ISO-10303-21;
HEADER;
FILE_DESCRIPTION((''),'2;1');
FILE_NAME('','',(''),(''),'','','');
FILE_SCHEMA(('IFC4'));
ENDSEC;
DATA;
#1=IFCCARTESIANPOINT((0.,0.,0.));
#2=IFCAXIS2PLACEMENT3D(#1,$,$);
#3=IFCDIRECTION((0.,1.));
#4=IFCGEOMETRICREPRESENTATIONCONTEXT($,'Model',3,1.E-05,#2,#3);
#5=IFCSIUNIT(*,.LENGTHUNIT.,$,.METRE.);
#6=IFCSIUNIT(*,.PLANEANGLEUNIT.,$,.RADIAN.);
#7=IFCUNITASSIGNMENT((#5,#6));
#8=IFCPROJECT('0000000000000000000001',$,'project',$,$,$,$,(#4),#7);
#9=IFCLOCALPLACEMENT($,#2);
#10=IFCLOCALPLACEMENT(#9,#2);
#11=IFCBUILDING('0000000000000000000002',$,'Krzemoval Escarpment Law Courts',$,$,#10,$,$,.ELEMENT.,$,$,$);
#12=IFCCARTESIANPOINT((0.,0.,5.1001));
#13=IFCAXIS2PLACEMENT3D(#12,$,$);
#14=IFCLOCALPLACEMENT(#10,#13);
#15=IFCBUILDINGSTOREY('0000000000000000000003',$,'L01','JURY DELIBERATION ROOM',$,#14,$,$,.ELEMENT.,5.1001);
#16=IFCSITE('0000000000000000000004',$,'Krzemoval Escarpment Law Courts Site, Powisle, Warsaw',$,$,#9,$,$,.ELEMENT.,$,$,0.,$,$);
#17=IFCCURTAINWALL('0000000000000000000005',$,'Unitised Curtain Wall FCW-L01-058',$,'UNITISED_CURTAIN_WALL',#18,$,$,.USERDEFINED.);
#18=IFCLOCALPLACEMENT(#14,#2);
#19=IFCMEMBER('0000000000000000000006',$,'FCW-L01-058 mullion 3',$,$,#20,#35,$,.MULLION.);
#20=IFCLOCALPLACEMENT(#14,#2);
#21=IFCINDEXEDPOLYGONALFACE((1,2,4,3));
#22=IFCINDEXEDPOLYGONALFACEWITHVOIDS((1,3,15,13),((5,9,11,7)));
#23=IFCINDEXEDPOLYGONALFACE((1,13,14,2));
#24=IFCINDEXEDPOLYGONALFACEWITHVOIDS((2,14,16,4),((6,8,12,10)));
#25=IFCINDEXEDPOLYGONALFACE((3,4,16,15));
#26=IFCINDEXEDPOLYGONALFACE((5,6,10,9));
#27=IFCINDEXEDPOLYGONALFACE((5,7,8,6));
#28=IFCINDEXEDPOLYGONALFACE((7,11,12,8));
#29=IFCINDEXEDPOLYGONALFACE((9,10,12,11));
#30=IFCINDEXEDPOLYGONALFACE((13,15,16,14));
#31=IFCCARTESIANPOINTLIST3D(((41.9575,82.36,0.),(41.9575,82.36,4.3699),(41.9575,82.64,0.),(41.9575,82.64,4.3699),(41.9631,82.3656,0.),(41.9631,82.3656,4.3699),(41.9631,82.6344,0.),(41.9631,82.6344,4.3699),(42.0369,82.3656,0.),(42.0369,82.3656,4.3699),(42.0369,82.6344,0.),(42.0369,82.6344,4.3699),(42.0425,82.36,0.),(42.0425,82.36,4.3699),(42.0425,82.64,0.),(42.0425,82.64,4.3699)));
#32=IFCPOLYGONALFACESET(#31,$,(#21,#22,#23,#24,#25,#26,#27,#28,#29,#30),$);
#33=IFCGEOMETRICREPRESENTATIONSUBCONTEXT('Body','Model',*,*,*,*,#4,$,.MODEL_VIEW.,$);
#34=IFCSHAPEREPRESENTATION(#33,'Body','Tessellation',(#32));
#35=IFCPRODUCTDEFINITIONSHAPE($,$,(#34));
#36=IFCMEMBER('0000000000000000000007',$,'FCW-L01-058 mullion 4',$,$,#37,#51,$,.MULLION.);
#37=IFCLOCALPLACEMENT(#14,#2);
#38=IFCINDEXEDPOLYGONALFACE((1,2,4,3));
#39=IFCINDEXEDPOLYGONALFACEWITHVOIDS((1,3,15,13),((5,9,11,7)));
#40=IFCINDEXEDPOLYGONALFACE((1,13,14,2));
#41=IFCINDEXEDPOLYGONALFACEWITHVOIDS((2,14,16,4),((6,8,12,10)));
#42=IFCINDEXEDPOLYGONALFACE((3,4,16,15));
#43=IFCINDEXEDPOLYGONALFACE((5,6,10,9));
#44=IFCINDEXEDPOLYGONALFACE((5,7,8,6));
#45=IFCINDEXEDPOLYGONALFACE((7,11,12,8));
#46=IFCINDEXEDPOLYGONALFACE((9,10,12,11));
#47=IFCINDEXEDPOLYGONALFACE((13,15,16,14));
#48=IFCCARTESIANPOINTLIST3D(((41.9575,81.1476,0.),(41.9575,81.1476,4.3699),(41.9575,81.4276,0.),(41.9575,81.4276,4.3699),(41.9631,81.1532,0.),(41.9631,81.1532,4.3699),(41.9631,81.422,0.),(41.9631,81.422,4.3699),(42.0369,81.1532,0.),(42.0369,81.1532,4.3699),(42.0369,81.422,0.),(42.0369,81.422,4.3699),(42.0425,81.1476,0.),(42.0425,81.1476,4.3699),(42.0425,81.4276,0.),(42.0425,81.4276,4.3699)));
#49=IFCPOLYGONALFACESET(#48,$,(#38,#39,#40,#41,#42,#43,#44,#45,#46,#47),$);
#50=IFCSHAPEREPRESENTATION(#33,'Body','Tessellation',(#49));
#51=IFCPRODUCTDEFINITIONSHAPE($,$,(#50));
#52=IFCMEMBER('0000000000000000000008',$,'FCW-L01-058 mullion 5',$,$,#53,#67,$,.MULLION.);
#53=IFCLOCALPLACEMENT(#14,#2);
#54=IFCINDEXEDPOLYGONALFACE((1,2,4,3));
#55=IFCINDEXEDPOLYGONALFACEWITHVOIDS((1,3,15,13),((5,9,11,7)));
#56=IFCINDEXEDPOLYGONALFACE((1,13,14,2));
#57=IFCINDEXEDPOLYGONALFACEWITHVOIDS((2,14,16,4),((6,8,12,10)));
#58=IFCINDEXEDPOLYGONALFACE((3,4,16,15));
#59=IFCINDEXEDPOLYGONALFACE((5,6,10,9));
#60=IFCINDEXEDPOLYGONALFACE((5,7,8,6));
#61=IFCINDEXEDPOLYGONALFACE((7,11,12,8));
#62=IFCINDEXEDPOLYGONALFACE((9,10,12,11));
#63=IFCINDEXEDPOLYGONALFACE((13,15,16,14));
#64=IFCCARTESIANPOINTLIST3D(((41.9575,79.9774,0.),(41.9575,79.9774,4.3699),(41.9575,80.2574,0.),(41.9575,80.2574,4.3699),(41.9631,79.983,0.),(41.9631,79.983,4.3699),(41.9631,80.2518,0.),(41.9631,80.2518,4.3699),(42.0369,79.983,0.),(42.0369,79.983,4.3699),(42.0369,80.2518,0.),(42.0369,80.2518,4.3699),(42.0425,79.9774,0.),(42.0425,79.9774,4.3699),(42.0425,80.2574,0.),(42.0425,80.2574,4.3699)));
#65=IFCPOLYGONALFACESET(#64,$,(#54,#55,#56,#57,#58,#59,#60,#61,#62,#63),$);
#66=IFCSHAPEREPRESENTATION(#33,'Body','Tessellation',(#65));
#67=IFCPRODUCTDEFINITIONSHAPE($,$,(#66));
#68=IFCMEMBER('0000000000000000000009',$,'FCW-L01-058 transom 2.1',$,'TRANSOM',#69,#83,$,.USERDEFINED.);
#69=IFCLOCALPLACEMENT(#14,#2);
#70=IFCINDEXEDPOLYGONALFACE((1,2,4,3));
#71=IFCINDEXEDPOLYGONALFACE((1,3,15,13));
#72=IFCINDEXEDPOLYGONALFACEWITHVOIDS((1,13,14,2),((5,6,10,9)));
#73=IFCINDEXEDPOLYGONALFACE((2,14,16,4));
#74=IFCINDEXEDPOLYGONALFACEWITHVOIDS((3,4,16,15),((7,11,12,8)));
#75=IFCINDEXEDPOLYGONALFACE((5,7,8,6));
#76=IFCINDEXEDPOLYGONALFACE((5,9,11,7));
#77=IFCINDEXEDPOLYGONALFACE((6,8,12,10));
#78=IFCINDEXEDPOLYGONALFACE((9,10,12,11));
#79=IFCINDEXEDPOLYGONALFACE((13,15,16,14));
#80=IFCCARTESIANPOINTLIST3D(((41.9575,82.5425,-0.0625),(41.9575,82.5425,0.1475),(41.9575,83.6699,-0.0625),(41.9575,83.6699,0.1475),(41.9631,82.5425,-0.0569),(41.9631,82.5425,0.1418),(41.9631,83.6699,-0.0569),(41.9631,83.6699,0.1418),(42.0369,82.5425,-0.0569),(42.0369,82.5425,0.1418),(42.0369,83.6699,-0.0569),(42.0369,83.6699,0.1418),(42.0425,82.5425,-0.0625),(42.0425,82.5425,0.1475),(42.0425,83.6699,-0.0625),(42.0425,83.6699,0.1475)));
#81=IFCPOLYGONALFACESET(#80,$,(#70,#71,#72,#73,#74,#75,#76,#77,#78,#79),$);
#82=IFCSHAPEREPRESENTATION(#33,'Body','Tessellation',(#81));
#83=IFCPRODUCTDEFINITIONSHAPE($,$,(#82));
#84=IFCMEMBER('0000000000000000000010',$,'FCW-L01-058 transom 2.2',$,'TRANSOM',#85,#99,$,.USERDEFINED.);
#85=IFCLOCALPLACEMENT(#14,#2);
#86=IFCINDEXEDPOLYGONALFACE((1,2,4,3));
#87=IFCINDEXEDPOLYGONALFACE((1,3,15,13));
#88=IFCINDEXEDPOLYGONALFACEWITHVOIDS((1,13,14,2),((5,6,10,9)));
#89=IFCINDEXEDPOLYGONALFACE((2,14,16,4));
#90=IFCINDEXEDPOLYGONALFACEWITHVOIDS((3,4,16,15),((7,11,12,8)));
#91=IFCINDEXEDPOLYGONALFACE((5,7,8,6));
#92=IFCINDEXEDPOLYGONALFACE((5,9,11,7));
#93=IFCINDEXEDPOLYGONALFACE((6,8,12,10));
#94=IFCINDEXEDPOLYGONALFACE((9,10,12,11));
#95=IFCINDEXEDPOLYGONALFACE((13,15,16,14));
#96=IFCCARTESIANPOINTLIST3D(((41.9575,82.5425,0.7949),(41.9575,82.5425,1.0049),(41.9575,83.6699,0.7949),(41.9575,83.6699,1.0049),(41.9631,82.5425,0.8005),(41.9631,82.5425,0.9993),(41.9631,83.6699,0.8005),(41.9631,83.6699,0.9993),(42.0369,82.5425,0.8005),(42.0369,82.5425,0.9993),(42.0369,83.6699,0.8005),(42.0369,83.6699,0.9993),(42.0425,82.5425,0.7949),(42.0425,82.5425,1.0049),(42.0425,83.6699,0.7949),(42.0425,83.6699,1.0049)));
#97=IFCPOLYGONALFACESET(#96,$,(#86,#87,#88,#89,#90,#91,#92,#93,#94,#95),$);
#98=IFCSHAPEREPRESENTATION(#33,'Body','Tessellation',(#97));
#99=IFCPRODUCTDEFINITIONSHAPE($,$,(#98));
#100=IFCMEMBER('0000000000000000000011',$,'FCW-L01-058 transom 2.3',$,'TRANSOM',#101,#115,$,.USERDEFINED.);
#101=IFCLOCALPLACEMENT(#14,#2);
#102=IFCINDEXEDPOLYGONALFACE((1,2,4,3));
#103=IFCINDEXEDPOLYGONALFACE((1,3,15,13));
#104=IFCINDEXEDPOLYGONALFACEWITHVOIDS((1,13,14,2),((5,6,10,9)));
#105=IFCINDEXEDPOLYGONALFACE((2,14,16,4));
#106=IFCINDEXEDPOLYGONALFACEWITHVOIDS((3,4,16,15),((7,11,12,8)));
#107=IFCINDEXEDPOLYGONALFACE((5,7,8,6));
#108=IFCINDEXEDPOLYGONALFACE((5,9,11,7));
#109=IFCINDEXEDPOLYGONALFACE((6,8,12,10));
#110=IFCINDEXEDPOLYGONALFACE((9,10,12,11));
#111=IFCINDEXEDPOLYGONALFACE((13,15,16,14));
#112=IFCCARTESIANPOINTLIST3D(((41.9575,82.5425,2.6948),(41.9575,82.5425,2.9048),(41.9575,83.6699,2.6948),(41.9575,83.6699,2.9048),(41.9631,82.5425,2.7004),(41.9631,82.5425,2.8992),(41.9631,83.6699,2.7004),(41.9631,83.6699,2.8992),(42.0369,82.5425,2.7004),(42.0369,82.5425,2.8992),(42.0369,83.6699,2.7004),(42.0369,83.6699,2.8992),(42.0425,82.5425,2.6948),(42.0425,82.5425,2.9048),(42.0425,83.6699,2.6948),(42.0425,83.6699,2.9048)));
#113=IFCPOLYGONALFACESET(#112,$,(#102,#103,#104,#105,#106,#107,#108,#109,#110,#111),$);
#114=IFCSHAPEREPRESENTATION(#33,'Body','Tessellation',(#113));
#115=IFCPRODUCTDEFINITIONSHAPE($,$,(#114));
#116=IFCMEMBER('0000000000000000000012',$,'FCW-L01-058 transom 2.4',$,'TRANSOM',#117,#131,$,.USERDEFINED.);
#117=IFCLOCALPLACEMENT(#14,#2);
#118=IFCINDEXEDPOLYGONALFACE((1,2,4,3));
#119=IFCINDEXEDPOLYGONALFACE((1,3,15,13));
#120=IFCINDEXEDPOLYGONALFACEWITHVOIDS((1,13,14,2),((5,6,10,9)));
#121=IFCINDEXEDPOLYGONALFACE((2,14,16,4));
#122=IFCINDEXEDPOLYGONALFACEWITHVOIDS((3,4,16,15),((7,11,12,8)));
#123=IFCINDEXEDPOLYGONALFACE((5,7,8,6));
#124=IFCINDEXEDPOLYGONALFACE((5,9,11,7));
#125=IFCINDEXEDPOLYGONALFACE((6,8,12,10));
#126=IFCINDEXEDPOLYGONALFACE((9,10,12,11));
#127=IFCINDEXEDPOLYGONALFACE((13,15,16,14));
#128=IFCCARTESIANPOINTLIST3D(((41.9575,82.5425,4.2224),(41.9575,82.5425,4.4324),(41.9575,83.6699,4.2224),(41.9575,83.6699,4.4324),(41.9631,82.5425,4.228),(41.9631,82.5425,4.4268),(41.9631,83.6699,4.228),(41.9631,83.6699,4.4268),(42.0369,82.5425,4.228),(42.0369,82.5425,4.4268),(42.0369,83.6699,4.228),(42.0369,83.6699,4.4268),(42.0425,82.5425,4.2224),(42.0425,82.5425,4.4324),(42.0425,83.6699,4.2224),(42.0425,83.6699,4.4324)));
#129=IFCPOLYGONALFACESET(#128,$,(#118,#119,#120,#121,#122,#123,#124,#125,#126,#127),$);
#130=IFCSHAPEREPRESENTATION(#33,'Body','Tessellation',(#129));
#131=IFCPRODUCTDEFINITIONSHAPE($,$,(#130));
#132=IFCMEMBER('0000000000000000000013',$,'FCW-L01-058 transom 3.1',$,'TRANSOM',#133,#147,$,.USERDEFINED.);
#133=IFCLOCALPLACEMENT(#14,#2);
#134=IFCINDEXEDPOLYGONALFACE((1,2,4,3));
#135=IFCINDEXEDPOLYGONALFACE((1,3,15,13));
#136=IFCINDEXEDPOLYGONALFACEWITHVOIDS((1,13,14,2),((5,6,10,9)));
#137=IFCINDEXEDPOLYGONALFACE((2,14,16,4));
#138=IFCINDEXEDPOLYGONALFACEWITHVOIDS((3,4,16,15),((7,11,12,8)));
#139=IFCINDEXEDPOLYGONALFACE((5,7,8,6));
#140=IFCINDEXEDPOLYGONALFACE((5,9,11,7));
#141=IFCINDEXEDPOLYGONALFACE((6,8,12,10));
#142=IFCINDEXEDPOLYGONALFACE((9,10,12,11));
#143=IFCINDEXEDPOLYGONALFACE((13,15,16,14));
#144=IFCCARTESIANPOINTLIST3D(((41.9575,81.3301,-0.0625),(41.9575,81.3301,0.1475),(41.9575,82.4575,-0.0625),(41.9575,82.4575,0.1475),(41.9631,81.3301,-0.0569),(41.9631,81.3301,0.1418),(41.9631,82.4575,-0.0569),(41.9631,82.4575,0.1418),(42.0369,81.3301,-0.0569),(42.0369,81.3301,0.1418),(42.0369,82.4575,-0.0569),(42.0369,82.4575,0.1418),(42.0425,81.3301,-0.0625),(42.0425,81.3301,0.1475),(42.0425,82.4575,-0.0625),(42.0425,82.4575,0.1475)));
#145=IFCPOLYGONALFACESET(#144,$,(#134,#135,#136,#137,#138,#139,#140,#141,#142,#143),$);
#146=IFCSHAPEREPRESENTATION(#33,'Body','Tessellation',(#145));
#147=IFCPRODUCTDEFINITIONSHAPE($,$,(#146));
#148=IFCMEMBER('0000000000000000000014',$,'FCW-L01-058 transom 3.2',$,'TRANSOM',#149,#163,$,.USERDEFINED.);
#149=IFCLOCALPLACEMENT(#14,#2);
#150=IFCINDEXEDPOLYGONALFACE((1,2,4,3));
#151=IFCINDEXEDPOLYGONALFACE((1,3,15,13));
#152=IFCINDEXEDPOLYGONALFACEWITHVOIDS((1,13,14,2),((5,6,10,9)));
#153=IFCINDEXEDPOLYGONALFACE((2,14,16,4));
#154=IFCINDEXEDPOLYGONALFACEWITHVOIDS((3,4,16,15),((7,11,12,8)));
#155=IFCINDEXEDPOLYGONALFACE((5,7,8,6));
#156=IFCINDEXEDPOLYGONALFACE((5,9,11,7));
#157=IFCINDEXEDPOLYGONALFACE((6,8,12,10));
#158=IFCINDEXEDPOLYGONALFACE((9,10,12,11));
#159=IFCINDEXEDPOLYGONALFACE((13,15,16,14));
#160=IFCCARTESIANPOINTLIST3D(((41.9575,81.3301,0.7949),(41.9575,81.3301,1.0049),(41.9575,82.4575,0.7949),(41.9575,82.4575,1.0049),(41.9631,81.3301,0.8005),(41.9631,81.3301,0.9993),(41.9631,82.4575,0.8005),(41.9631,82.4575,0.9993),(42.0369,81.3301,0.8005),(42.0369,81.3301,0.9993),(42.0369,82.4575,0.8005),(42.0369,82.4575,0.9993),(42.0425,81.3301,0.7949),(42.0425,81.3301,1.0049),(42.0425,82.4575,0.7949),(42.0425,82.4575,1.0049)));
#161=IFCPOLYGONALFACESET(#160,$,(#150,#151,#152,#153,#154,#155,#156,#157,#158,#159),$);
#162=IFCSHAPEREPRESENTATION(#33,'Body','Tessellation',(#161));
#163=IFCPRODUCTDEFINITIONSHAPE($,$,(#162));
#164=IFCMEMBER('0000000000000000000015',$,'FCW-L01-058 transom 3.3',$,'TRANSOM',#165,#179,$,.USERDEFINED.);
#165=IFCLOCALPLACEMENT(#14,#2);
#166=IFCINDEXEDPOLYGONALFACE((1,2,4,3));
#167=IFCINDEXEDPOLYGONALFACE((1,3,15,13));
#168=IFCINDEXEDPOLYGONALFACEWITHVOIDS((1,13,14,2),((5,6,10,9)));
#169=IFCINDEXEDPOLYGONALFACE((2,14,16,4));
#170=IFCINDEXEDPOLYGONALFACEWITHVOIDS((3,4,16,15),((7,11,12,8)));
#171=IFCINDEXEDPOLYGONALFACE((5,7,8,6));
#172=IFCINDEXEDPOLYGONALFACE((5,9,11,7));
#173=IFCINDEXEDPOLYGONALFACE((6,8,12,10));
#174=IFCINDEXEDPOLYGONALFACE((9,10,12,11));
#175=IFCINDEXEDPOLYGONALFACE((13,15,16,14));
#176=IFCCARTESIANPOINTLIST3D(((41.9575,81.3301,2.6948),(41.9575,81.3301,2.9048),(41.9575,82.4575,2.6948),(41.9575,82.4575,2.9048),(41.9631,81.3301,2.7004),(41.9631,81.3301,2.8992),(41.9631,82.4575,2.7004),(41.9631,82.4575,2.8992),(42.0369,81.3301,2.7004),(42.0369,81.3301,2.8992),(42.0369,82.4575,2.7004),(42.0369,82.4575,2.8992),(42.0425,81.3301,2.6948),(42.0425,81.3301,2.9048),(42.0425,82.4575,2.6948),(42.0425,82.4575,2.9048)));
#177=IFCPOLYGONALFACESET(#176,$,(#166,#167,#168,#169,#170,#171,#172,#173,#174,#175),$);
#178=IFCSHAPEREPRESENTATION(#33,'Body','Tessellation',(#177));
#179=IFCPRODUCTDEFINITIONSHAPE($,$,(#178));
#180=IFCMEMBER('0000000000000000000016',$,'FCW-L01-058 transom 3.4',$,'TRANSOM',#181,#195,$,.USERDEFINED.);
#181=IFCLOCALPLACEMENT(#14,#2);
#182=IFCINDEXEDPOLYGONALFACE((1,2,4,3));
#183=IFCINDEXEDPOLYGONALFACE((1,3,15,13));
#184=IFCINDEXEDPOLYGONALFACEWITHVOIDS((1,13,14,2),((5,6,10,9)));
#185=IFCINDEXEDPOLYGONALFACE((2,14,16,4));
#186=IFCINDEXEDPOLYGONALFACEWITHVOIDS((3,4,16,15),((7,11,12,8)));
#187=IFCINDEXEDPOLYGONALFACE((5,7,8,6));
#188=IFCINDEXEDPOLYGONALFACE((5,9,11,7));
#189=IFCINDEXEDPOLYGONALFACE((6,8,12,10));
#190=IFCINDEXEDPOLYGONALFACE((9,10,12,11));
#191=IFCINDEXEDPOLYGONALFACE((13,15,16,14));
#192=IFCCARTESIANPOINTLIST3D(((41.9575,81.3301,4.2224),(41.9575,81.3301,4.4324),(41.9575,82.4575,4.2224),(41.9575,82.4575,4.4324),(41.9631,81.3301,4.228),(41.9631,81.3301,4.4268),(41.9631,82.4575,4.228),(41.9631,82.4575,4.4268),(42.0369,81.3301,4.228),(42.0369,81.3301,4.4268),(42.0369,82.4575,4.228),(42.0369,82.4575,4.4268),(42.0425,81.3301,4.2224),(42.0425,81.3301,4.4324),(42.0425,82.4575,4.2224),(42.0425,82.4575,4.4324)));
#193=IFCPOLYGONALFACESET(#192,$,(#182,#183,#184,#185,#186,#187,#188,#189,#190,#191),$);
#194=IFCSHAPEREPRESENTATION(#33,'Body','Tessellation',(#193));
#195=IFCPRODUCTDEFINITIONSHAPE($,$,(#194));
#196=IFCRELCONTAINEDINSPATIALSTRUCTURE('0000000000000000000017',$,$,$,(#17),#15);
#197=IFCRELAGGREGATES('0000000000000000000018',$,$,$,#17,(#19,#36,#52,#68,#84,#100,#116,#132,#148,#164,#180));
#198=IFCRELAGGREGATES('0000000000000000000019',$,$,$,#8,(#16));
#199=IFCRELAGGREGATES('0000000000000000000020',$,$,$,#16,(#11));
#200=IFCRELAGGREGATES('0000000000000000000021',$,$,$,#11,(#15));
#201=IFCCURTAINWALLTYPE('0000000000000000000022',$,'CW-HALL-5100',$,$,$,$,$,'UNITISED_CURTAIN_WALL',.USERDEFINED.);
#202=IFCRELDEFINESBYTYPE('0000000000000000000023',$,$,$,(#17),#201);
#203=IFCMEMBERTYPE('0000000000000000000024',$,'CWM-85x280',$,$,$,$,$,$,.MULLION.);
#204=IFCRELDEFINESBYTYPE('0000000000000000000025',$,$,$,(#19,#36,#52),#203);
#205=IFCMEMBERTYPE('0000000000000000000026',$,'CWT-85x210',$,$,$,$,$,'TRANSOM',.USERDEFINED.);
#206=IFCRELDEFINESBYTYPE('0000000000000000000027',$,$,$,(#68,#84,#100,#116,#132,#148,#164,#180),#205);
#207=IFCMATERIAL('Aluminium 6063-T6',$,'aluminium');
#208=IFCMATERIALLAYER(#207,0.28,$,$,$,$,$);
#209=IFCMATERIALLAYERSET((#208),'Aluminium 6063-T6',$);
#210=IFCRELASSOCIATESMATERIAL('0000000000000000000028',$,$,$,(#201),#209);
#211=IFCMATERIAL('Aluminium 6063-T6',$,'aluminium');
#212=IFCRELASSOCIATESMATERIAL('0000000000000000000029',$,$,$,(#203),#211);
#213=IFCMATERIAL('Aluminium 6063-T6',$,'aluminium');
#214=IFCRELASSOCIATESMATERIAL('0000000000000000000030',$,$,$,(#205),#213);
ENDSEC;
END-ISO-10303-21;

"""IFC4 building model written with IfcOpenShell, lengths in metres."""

from ifc_helpers import new_model, si_unit, direction, frame, origin, origin_2d, place, context, subcontext, project, spatial, hollow_rectangle, extrude, material, layer, layer_set, material_profile, profile_set, type_object, element, aggregate, save


model = new_model("IFC4")

# Units and contexts
model_context = context("Model", 3, precision=1e-05, world=origin(), true_north=direction((0.0, 1.0)))
body_context = subcontext(model_context, "Body", "Model", "MODEL_VIEW")
ifc_project = project(units=[si_unit("LENGTHUNIT", "METRE"), si_unit("PLANEANGLEUNIT", "RADIAN")], contexts=[model_context])

# Site, building, storey
site_placement = place(None, origin())
site = spatial("IfcSite", under=ifc_project, at=site_placement, Name="Krzemoval Escarpment Law Courts Site, Powisle, Warsaw", CompositionType="ELEMENT", RefElevation=0.0)
building_placement = place(site_placement, origin())
building = spatial("IfcBuilding", under=site, at=building_placement, Name="Krzemoval Escarpment Law Courts", CompositionType="ELEMENT")
storey_placement = place(building_placement, frame((0.0, 0.0, 5.1001)))
storey = spatial("IfcBuildingStorey", under=building, at=storey_placement, Name="L01", Description="JURY DELIBERATION ROOM", CompositionType="ELEMENT", Elevation=5.1001)

# Curtain wall, members
ifc_material_1 = material(Name="Aluminium 6063-T6", Category="aluminium")
ifc_layer_1 = layer(ifc_material_1, 0.28)
ifc_layer_set_1 = layer_set([ifc_layer_1], Name="Aluminium 6063-T6")
curtain_wall_type = type_object("IfcCurtainWallType", Name="CW-HALL-5100", ElementType="UNITISED_CURTAIN_WALL", PredefinedType="USERDEFINED", material=ifc_layer_set_1)
curtain_wall_placement = place(storey_placement, origin())
curtain_wall = element("IfcCurtainWall", 1, at=curtain_wall_placement, inside=storey, type_object=curtain_wall_type, Name="Unitised Curtain Wall FCW-L01-058", ObjectType="UNITISED_CURTAIN_WALL", PredefinedType="USERDEFINED")
ifc_material_2 = material(Name="Aluminium 6063-T6", Category="aluminium")
ifc_material_profile_1 = material_profile(ifc_material_2, hollow_rectangle(XDim=0.085, YDim=0.28, WallThickness=0.0056, at=origin_2d()), Name="ALU M85x280")
ifc_profile_set_1 = profile_set([ifc_material_profile_1], Name="Aluminium 6063-T6")
member_type_1 = type_object("IfcMemberType", Name="CWM-85x280", PredefinedType="MULLION", material=ifc_profile_set_1)
member_1_placement = place(storey_placement, frame((42.0, 82.5, 0.0), z_axis=(0.0, 0.0, 1.0), x_axis=(1.0, 0.0, 0.0)))
member_1 = element("IfcMember", 2, at=member_1_placement, type_object=member_type_1, Name="FCW-L01-058 mullion 3", PredefinedType="MULLION", context=body_context, shape_type="SweptSolid", body=[
    extrude(hollow_rectangle(XDim=0.085, YDim=0.28, WallThickness=0.0056, at=origin_2d()), origin(), (0.0, 0.0, 1.0), 4.3699),
])
member_2_placement = place(storey_placement, frame((42.0, 81.2876, 0.0), z_axis=(0.0, 0.0, 1.0), x_axis=(1.0, 0.0, 0.0)))
member_2 = element("IfcMember", 3, at=member_2_placement, type_object=member_type_1, Name="FCW-L01-058 mullion 4", PredefinedType="MULLION", context=body_context, shape_type="SweptSolid", body=[
    extrude(hollow_rectangle(XDim=0.085, YDim=0.28, WallThickness=0.0056, at=origin_2d()), origin(), (0.0, 0.0, 1.0), 4.3699),
])
member_3_placement = place(storey_placement, frame((42.0, 80.1174, 0.0), z_axis=(0.0, 0.0, 1.0), x_axis=(1.0, 0.0, 0.0)))
member_3 = element("IfcMember", 4, at=member_3_placement, type_object=member_type_1, Name="FCW-L01-058 mullion 5", PredefinedType="MULLION", context=body_context, shape_type="SweptSolid", body=[
    extrude(hollow_rectangle(XDim=0.085, YDim=0.28, WallThickness=0.0056, at=origin_2d()), origin(), (0.0, 0.0, 1.0), 4.3699),
])
ifc_material_3 = material(Name="Aluminium 6063-T6", Category="aluminium")
ifc_material_profile_2 = material_profile(ifc_material_3, hollow_rectangle(XDim=0.085, YDim=0.21, WallThickness=0.0056, at=origin_2d()), Name="ALU T85x210")
ifc_profile_set_2 = profile_set([ifc_material_profile_2], Name="Aluminium 6063-T6")
member_type_2 = type_object("IfcMemberType", Name="CWT-85x210", ElementType="TRANSOM", PredefinedType="USERDEFINED", material=ifc_profile_set_2)
member_4_placement = place(storey_placement, frame((42.0, 83.6699, 0.0425), z_axis=(0.0, -1.0, 0.0), x_axis=(1.0, 0.0, 0.0)))
member_4 = element("IfcMember", 5, at=member_4_placement, type_object=member_type_2, Name="FCW-L01-058 transom 2.1", ObjectType="TRANSOM", PredefinedType="USERDEFINED", context=body_context, shape_type="SweptSolid", body=[
    extrude(hollow_rectangle(XDim=0.085, YDim=0.21, WallThickness=0.0056, at=origin_2d()), origin(), (0.0, 0.0, 1.0), 1.1274),
])
member_5_placement = place(storey_placement, frame((42.0, 83.6699, 0.8999), z_axis=(0.0, -1.0, 0.0), x_axis=(1.0, 0.0, 0.0)))
member_5 = element("IfcMember", 6, at=member_5_placement, type_object=member_type_2, Name="FCW-L01-058 transom 2.2", ObjectType="TRANSOM", PredefinedType="USERDEFINED", context=body_context, shape_type="SweptSolid", body=[
    extrude(hollow_rectangle(XDim=0.085, YDim=0.21, WallThickness=0.0056, at=origin_2d()), origin(), (0.0, 0.0, 1.0), 1.1274),
])
member_6_placement = place(storey_placement, frame((42.0, 83.6699, 2.7998), z_axis=(0.0, -1.0, 0.0), x_axis=(1.0, 0.0, 0.0)))
member_6 = element("IfcMember", 7, at=member_6_placement, type_object=member_type_2, Name="FCW-L01-058 transom 2.3", ObjectType="TRANSOM", PredefinedType="USERDEFINED", context=body_context, shape_type="SweptSolid", body=[
    extrude(hollow_rectangle(XDim=0.085, YDim=0.21, WallThickness=0.0056, at=origin_2d()), origin(), (0.0, 0.0, 1.0), 1.1274),
])
member_7_placement = place(storey_placement, frame((42.0, 83.6699, 4.3274), z_axis=(0.0, -1.0, 0.0), x_axis=(1.0, 0.0, 0.0)))
member_7 = element("IfcMember", 8, at=member_7_placement, type_object=member_type_2, Name="FCW-L01-058 transom 2.4", ObjectType="TRANSOM", PredefinedType="USERDEFINED", context=body_context, shape_type="SweptSolid", body=[
    extrude(hollow_rectangle(XDim=0.085, YDim=0.21, WallThickness=0.0056, at=origin_2d()), origin(), (0.0, 0.0, 1.0), 1.1274),
])
member_8_placement = place(storey_placement, frame((42.0, 82.4575, 0.0425), z_axis=(0.0, -1.0, 0.0), x_axis=(1.0, 0.0, 0.0)))
member_8 = element("IfcMember", 9, at=member_8_placement, type_object=member_type_2, Name="FCW-L01-058 transom 3.1", ObjectType="TRANSOM", PredefinedType="USERDEFINED", context=body_context, shape_type="SweptSolid", body=[
    extrude(hollow_rectangle(XDim=0.085, YDim=0.21, WallThickness=0.0056, at=origin_2d()), origin(), (0.0, 0.0, 1.0), 1.1274),
])
member_9_placement = place(storey_placement, frame((42.0, 82.4575, 0.8999), z_axis=(0.0, -1.0, 0.0), x_axis=(1.0, 0.0, 0.0)))
member_9 = element("IfcMember", 10, at=member_9_placement, type_object=member_type_2, Name="FCW-L01-058 transom 3.2", ObjectType="TRANSOM", PredefinedType="USERDEFINED", context=body_context, shape_type="SweptSolid", body=[
    extrude(hollow_rectangle(XDim=0.085, YDim=0.21, WallThickness=0.0056, at=origin_2d()), origin(), (0.0, 0.0, 1.0), 1.1274),
])
member_10_placement = place(storey_placement, frame((42.0, 82.4575, 2.7998), z_axis=(0.0, -1.0, 0.0), x_axis=(1.0, 0.0, 0.0)))
member_10 = element("IfcMember", 11, at=member_10_placement, type_object=member_type_2, Name="FCW-L01-058 transom 3.3", ObjectType="TRANSOM", PredefinedType="USERDEFINED", context=body_context, shape_type="SweptSolid", body=[
    extrude(hollow_rectangle(XDim=0.085, YDim=0.21, WallThickness=0.0056, at=origin_2d()), origin(), (0.0, 0.0, 1.0), 1.1274),
])
member_11_placement = place(storey_placement, frame((42.0, 82.4575, 4.3274), z_axis=(0.0, -1.0, 0.0), x_axis=(1.0, 0.0, 0.0)))
member_11 = element("IfcMember", 12, at=member_11_placement, type_object=member_type_2, Name="FCW-L01-058 transom 3.4", ObjectType="TRANSOM", PredefinedType="USERDEFINED", context=body_context, shape_type="SweptSolid", body=[
    extrude(hollow_rectangle(XDim=0.085, YDim=0.21, WallThickness=0.0056, at=origin_2d()), origin(), (0.0, 0.0, 1.0), 1.1274),
])

aggregate(curtain_wall, [member_1, member_2, member_3, member_4, member_5, member_6, member_7, member_8, member_9, member_10, member_11])

save(model, "model.ifc")
